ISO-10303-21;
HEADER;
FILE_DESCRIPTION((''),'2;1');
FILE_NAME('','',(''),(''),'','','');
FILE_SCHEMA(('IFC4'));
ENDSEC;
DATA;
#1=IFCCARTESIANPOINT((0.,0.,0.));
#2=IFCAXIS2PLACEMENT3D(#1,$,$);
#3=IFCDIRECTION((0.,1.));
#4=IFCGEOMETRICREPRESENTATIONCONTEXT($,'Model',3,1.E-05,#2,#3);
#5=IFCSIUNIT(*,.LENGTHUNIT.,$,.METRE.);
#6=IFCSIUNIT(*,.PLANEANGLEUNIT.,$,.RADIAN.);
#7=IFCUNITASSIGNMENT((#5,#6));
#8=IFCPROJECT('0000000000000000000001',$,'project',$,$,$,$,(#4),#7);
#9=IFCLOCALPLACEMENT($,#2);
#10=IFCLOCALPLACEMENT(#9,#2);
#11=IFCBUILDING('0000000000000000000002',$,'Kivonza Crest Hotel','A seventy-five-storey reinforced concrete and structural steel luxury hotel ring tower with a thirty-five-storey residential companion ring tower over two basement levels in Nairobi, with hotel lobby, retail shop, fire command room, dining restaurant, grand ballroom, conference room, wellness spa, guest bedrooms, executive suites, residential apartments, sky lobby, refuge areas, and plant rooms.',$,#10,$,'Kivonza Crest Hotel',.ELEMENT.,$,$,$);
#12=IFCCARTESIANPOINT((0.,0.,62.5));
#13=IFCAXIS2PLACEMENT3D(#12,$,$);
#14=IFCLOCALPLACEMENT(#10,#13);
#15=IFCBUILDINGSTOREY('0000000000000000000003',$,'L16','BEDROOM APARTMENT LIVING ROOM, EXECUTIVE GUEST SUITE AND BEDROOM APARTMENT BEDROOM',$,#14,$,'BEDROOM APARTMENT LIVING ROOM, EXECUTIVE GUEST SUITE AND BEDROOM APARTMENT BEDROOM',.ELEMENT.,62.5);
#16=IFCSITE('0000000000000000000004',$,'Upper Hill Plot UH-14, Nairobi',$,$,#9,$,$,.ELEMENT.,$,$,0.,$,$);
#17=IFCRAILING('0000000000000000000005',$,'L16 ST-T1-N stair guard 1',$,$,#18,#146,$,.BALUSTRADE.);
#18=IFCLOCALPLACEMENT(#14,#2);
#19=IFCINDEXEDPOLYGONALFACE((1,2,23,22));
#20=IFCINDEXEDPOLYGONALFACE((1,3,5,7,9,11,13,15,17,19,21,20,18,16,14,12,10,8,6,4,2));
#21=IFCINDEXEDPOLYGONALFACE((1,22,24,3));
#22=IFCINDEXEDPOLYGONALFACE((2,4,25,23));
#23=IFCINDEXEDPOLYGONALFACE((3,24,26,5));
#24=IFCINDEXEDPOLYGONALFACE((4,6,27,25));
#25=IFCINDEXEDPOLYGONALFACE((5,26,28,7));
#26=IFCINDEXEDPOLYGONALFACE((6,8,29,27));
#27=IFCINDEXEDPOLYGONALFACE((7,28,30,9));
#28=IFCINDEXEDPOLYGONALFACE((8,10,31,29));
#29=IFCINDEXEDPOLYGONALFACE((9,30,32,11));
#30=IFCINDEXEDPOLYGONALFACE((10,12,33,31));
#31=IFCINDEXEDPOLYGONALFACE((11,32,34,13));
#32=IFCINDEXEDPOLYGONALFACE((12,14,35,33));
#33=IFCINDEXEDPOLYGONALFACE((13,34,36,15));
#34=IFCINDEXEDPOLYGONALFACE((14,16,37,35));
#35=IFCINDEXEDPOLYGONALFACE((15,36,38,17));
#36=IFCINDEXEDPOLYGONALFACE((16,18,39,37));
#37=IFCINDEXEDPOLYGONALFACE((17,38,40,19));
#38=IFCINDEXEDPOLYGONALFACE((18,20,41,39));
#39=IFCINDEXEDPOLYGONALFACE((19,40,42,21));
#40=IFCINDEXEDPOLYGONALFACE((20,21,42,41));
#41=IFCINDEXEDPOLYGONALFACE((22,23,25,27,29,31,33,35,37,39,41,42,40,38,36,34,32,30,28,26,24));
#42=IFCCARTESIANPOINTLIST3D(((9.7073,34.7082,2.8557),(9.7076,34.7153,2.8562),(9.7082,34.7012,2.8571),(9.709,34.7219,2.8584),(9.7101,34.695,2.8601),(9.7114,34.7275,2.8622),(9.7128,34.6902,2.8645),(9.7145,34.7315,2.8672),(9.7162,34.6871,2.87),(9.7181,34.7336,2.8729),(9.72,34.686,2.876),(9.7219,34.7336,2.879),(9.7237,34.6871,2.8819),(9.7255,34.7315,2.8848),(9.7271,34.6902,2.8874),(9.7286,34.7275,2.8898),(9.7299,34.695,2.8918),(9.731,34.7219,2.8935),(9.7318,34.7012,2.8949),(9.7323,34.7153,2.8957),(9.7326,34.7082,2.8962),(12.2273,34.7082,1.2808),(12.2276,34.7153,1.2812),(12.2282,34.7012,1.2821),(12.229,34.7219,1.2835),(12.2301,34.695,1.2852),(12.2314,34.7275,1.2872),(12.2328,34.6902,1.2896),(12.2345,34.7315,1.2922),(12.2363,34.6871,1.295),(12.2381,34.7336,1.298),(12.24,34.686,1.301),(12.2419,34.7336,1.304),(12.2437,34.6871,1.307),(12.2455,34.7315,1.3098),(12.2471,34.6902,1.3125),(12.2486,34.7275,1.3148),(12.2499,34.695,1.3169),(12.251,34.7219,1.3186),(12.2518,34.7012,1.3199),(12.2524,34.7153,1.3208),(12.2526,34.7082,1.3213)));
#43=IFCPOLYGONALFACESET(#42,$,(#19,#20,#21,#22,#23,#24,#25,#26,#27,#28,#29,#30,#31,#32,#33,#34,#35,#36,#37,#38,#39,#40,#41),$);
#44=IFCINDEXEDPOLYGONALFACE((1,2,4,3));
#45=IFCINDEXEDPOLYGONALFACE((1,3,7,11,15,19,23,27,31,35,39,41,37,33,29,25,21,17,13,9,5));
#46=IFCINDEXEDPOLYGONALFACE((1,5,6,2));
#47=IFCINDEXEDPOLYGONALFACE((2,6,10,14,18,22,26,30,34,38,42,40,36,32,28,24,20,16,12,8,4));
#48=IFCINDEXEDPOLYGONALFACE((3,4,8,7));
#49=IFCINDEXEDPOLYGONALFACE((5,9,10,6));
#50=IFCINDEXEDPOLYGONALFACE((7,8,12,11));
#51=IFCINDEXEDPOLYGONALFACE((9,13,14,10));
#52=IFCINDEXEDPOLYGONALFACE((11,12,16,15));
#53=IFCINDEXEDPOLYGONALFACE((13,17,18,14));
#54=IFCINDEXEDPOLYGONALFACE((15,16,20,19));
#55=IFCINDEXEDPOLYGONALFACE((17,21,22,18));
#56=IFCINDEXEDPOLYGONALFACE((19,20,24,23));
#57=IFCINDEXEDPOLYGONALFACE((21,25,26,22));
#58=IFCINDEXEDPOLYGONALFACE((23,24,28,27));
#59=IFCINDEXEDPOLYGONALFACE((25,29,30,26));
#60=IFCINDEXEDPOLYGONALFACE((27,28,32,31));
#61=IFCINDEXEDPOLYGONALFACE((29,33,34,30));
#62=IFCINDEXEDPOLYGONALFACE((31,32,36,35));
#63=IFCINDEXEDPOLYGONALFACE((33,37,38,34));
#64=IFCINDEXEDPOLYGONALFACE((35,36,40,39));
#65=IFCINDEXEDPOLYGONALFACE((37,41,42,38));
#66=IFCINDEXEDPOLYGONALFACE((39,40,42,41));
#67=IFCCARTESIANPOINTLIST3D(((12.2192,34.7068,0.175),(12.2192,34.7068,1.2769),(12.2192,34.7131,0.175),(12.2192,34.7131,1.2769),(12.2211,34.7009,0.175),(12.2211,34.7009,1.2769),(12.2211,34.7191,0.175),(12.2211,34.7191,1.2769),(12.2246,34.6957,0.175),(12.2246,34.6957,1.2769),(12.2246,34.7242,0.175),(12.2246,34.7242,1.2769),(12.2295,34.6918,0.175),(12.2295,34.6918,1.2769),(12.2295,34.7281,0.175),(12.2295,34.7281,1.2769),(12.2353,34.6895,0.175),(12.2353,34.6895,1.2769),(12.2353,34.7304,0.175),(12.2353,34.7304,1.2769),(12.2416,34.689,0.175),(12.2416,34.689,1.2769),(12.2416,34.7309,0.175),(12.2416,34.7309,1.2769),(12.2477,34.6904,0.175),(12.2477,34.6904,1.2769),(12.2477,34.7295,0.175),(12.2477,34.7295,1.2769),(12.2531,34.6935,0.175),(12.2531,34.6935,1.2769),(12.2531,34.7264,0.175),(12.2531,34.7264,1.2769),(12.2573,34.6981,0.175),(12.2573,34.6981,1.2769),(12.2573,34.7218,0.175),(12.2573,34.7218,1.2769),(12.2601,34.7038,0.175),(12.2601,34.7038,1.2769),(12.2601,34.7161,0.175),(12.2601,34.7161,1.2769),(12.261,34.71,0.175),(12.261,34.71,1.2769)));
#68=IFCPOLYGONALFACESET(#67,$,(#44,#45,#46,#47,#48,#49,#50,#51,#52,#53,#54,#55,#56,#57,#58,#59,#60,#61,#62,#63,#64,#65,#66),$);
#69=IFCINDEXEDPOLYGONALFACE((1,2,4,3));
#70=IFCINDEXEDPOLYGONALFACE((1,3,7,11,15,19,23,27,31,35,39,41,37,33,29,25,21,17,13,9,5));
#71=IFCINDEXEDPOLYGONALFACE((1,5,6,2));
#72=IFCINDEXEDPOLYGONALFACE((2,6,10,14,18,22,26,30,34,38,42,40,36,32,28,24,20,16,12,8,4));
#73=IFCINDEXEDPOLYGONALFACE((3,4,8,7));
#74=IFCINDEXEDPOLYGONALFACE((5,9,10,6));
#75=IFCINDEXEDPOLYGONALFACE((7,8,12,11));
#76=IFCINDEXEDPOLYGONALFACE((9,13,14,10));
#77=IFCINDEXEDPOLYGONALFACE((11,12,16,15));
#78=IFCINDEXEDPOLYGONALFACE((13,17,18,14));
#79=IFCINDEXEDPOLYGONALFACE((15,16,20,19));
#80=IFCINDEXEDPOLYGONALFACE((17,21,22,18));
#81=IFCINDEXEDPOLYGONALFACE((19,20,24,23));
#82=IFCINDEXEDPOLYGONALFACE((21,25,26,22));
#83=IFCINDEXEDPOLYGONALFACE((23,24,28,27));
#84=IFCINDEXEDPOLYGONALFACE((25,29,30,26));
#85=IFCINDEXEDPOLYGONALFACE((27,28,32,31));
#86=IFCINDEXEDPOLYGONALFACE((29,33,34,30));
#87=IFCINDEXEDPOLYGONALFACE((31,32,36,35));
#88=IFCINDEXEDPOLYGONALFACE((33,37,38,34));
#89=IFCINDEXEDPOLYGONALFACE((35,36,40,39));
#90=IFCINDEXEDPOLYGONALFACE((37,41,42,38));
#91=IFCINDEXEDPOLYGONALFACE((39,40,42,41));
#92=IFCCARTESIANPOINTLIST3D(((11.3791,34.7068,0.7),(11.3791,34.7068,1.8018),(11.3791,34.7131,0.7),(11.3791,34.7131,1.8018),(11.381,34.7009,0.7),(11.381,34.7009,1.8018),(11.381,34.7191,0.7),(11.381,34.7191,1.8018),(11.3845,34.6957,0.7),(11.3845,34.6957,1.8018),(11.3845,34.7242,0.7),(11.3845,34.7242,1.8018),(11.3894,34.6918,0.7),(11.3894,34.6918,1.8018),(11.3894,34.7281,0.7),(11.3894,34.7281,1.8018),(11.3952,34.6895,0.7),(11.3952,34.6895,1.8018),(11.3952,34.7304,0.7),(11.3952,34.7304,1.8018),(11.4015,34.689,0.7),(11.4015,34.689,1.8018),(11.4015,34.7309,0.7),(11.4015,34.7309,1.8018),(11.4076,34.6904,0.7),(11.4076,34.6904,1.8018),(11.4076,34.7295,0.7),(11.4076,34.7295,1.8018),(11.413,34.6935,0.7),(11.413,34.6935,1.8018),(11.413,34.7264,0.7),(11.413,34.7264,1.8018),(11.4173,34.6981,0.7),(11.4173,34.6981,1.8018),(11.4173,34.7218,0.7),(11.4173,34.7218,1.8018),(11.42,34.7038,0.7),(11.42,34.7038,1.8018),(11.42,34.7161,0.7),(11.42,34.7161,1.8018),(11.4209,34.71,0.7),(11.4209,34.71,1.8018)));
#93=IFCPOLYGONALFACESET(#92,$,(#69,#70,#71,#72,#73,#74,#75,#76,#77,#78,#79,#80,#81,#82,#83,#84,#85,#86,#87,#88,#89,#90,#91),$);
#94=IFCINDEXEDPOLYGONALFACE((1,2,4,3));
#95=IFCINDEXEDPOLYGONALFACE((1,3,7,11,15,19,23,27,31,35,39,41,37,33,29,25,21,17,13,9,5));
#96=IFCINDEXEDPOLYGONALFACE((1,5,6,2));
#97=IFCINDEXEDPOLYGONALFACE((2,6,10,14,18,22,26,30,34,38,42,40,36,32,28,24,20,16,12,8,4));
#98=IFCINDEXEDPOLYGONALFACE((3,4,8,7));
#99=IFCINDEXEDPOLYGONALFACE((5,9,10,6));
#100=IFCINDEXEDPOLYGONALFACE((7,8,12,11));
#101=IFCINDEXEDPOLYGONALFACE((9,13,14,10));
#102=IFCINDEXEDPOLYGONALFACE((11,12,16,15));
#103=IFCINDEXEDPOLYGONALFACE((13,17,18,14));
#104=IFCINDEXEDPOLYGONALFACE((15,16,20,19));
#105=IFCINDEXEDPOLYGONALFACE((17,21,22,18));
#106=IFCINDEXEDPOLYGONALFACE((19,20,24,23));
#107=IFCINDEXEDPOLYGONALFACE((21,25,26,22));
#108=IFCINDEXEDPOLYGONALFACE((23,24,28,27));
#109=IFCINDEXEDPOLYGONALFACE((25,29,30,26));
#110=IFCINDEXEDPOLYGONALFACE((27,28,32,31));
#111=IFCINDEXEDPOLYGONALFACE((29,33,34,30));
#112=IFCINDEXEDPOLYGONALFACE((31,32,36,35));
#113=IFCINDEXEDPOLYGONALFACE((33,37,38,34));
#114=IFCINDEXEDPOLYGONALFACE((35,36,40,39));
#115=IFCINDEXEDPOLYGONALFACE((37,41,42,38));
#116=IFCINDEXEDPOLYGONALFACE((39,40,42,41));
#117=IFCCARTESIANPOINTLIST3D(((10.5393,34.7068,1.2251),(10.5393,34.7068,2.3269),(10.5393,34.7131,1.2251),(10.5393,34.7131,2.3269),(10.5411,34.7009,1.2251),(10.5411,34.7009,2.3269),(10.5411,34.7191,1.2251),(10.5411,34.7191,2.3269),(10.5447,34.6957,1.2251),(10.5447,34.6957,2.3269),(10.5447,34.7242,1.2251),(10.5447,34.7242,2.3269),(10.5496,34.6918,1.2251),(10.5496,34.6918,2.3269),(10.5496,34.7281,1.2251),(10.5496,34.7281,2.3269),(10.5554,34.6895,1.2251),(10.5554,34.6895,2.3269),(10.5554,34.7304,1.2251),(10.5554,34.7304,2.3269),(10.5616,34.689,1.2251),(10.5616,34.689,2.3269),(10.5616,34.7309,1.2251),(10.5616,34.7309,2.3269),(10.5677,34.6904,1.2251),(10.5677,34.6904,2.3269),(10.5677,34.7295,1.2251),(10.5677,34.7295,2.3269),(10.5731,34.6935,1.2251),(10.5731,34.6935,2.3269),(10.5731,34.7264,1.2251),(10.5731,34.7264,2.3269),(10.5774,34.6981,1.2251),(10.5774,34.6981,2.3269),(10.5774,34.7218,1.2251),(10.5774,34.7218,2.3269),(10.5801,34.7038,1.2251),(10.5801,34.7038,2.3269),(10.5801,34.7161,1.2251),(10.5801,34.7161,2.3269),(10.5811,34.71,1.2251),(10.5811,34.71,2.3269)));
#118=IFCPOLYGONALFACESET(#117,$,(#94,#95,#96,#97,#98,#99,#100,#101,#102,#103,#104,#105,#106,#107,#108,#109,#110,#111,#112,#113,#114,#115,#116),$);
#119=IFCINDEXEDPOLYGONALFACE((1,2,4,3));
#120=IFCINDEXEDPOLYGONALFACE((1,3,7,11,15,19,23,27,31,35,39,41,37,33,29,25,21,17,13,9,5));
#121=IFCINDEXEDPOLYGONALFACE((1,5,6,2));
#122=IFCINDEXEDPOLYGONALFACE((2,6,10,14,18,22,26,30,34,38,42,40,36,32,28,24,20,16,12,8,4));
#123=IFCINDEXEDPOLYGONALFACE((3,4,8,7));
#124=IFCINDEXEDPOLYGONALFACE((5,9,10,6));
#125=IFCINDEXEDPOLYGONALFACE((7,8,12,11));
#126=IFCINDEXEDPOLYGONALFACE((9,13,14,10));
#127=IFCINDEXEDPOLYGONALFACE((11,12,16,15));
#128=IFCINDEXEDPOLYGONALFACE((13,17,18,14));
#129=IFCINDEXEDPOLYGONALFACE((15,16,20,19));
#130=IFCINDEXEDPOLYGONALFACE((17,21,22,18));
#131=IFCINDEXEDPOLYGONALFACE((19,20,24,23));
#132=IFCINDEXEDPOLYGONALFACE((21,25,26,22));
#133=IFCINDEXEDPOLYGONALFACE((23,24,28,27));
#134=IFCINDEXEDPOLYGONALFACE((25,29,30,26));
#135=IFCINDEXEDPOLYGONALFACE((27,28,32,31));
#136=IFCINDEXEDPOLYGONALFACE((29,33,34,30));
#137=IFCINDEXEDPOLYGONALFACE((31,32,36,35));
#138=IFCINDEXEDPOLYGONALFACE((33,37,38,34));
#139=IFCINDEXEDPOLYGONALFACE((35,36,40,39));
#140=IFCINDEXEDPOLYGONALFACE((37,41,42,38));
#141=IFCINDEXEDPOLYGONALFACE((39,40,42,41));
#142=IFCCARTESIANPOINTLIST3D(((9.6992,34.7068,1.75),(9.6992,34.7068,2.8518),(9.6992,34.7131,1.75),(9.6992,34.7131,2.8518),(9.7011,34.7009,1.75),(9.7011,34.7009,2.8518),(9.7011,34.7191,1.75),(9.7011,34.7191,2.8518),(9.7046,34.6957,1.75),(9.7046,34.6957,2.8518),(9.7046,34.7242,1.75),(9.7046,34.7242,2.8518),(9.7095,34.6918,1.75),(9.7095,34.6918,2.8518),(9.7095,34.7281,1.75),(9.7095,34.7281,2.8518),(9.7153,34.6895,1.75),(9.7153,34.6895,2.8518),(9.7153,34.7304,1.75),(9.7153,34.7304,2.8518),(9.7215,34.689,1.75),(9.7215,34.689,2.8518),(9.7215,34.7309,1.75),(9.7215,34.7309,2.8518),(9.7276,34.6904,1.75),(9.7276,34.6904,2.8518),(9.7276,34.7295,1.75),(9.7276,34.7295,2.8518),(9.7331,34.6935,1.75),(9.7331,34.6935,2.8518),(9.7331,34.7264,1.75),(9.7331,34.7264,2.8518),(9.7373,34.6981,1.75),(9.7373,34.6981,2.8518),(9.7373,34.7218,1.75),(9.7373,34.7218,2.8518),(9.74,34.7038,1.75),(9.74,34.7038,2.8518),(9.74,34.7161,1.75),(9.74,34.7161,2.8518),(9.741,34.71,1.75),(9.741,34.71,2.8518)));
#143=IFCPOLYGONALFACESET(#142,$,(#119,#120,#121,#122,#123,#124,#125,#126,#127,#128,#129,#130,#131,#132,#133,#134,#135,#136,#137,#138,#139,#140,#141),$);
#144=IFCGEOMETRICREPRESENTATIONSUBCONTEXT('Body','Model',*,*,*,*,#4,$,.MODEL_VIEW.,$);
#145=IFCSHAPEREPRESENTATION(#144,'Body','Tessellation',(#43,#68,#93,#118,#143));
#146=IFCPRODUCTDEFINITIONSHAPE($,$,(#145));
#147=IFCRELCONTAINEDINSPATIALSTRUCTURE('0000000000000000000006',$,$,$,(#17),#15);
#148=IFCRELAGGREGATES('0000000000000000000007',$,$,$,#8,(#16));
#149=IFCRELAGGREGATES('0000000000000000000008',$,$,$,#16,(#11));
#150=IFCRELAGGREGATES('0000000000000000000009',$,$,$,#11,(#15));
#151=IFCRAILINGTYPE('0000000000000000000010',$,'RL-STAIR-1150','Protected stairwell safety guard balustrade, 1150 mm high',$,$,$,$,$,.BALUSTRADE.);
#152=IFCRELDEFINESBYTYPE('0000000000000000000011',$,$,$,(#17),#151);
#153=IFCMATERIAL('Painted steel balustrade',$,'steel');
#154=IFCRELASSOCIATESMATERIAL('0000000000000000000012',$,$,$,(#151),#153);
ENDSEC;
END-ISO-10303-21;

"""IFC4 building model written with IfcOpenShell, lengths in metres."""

from ifc_helpers import new_model, si_unit, direction, frame, origin, origin_2d, place, context, subcontext, project, spatial, circle, extrude, material, type_object, element, save


model = new_model("IFC4")

# Units and contexts
model_context = context("Model", 3, precision=1e-05, world=origin(), true_north=direction((0.0, 1.0)))
body_context = subcontext(model_context, "Body", "Model", "MODEL_VIEW")
ifc_project = project(units=[si_unit("LENGTHUNIT", "METRE"), si_unit("PLANEANGLEUNIT", "RADIAN")], contexts=[model_context])

# Site, building, storey
site_placement = place(None, origin())
site = spatial("IfcSite", under=ifc_project, at=site_placement, Name="Upper Hill Plot UH-14, Nairobi", CompositionType="ELEMENT", RefElevation=0.0)
building_placement = place(site_placement, origin())
building = spatial("IfcBuilding", under=site, at=building_placement, Name="Kivonza Crest Hotel", Description="A seventy-five-storey reinforced concrete and structural steel luxury hotel ring tower with a thirty-five-storey residential companion ring tower over two basement levels in Nairobi, with hotel lobby, retail shop, fire command room, dining restaurant, grand ballroom, conference room, wellness spa, guest bedrooms, executive suites, residential apartments, sky lobby, refuge areas, and plant rooms.", LongName="Kivonza Crest Hotel", CompositionType="ELEMENT")
storey_placement = place(building_placement, frame((0.0, 0.0, 62.5)))
storey = spatial("IfcBuildingStorey", under=building, at=storey_placement, Name="L16", Description="BEDROOM APARTMENT LIVING ROOM, EXECUTIVE GUEST SUITE AND BEDROOM APARTMENT BEDROOM", LongName="BEDROOM APARTMENT LIVING ROOM, EXECUTIVE GUEST SUITE AND BEDROOM APARTMENT BEDROOM", CompositionType="ELEMENT", Elevation=62.5)

# Railing
ifc_material_1 = material(Name="Painted steel balustrade", Category="steel")
railing_type_1 = type_object("IfcRailingType", Name="RL-STAIR-1150", Description="Protected stairwell safety guard balustrade, 1150 mm high", PredefinedType="BALUSTRADE", material=ifc_material_1)
railing_1_placement = place(storey_placement, frame((12.24, 34.71, 0.175)))
element("IfcRailing", 1, at=railing_1_placement, inside=storey, type_object=railing_type_1, Name="L16 ST-T1-N stair guard 1", PredefinedType="BALUSTRADE", context=body_context, shape_type="SweptSolid", body=[
    extrude(circle(Radius=0.0239, at=origin_2d()), frame((0.0, 0.0, 1.126), z_axis=(-0.848008, 0.0, 0.529984), x_axis=(0.0, -1.0, 0.0)), (0.0, 0.0, 1.0), 2.9717),
    extrude(circle(Radius=0.021, at=origin_2d()), origin(), (0.0, 0.0, 1.0), 1.1018),
    extrude(circle(Radius=0.021, at=origin_2d()), frame((-0.8401, 0.0, 0.5249)), (0.0, 0.0, 1.0), 1.1018),
    extrude(circle(Radius=0.021, at=origin_2d()), frame((-1.6799, 0.0, 1.05)), (0.0, 0.0, 1.0), 1.1018),
    extrude(circle(Radius=0.021, at=origin_2d()), frame((-2.52, 0.0, 1.575)), (0.0, 0.0, 1.0), 1.1018),
])

save(model, "model.ifc")
